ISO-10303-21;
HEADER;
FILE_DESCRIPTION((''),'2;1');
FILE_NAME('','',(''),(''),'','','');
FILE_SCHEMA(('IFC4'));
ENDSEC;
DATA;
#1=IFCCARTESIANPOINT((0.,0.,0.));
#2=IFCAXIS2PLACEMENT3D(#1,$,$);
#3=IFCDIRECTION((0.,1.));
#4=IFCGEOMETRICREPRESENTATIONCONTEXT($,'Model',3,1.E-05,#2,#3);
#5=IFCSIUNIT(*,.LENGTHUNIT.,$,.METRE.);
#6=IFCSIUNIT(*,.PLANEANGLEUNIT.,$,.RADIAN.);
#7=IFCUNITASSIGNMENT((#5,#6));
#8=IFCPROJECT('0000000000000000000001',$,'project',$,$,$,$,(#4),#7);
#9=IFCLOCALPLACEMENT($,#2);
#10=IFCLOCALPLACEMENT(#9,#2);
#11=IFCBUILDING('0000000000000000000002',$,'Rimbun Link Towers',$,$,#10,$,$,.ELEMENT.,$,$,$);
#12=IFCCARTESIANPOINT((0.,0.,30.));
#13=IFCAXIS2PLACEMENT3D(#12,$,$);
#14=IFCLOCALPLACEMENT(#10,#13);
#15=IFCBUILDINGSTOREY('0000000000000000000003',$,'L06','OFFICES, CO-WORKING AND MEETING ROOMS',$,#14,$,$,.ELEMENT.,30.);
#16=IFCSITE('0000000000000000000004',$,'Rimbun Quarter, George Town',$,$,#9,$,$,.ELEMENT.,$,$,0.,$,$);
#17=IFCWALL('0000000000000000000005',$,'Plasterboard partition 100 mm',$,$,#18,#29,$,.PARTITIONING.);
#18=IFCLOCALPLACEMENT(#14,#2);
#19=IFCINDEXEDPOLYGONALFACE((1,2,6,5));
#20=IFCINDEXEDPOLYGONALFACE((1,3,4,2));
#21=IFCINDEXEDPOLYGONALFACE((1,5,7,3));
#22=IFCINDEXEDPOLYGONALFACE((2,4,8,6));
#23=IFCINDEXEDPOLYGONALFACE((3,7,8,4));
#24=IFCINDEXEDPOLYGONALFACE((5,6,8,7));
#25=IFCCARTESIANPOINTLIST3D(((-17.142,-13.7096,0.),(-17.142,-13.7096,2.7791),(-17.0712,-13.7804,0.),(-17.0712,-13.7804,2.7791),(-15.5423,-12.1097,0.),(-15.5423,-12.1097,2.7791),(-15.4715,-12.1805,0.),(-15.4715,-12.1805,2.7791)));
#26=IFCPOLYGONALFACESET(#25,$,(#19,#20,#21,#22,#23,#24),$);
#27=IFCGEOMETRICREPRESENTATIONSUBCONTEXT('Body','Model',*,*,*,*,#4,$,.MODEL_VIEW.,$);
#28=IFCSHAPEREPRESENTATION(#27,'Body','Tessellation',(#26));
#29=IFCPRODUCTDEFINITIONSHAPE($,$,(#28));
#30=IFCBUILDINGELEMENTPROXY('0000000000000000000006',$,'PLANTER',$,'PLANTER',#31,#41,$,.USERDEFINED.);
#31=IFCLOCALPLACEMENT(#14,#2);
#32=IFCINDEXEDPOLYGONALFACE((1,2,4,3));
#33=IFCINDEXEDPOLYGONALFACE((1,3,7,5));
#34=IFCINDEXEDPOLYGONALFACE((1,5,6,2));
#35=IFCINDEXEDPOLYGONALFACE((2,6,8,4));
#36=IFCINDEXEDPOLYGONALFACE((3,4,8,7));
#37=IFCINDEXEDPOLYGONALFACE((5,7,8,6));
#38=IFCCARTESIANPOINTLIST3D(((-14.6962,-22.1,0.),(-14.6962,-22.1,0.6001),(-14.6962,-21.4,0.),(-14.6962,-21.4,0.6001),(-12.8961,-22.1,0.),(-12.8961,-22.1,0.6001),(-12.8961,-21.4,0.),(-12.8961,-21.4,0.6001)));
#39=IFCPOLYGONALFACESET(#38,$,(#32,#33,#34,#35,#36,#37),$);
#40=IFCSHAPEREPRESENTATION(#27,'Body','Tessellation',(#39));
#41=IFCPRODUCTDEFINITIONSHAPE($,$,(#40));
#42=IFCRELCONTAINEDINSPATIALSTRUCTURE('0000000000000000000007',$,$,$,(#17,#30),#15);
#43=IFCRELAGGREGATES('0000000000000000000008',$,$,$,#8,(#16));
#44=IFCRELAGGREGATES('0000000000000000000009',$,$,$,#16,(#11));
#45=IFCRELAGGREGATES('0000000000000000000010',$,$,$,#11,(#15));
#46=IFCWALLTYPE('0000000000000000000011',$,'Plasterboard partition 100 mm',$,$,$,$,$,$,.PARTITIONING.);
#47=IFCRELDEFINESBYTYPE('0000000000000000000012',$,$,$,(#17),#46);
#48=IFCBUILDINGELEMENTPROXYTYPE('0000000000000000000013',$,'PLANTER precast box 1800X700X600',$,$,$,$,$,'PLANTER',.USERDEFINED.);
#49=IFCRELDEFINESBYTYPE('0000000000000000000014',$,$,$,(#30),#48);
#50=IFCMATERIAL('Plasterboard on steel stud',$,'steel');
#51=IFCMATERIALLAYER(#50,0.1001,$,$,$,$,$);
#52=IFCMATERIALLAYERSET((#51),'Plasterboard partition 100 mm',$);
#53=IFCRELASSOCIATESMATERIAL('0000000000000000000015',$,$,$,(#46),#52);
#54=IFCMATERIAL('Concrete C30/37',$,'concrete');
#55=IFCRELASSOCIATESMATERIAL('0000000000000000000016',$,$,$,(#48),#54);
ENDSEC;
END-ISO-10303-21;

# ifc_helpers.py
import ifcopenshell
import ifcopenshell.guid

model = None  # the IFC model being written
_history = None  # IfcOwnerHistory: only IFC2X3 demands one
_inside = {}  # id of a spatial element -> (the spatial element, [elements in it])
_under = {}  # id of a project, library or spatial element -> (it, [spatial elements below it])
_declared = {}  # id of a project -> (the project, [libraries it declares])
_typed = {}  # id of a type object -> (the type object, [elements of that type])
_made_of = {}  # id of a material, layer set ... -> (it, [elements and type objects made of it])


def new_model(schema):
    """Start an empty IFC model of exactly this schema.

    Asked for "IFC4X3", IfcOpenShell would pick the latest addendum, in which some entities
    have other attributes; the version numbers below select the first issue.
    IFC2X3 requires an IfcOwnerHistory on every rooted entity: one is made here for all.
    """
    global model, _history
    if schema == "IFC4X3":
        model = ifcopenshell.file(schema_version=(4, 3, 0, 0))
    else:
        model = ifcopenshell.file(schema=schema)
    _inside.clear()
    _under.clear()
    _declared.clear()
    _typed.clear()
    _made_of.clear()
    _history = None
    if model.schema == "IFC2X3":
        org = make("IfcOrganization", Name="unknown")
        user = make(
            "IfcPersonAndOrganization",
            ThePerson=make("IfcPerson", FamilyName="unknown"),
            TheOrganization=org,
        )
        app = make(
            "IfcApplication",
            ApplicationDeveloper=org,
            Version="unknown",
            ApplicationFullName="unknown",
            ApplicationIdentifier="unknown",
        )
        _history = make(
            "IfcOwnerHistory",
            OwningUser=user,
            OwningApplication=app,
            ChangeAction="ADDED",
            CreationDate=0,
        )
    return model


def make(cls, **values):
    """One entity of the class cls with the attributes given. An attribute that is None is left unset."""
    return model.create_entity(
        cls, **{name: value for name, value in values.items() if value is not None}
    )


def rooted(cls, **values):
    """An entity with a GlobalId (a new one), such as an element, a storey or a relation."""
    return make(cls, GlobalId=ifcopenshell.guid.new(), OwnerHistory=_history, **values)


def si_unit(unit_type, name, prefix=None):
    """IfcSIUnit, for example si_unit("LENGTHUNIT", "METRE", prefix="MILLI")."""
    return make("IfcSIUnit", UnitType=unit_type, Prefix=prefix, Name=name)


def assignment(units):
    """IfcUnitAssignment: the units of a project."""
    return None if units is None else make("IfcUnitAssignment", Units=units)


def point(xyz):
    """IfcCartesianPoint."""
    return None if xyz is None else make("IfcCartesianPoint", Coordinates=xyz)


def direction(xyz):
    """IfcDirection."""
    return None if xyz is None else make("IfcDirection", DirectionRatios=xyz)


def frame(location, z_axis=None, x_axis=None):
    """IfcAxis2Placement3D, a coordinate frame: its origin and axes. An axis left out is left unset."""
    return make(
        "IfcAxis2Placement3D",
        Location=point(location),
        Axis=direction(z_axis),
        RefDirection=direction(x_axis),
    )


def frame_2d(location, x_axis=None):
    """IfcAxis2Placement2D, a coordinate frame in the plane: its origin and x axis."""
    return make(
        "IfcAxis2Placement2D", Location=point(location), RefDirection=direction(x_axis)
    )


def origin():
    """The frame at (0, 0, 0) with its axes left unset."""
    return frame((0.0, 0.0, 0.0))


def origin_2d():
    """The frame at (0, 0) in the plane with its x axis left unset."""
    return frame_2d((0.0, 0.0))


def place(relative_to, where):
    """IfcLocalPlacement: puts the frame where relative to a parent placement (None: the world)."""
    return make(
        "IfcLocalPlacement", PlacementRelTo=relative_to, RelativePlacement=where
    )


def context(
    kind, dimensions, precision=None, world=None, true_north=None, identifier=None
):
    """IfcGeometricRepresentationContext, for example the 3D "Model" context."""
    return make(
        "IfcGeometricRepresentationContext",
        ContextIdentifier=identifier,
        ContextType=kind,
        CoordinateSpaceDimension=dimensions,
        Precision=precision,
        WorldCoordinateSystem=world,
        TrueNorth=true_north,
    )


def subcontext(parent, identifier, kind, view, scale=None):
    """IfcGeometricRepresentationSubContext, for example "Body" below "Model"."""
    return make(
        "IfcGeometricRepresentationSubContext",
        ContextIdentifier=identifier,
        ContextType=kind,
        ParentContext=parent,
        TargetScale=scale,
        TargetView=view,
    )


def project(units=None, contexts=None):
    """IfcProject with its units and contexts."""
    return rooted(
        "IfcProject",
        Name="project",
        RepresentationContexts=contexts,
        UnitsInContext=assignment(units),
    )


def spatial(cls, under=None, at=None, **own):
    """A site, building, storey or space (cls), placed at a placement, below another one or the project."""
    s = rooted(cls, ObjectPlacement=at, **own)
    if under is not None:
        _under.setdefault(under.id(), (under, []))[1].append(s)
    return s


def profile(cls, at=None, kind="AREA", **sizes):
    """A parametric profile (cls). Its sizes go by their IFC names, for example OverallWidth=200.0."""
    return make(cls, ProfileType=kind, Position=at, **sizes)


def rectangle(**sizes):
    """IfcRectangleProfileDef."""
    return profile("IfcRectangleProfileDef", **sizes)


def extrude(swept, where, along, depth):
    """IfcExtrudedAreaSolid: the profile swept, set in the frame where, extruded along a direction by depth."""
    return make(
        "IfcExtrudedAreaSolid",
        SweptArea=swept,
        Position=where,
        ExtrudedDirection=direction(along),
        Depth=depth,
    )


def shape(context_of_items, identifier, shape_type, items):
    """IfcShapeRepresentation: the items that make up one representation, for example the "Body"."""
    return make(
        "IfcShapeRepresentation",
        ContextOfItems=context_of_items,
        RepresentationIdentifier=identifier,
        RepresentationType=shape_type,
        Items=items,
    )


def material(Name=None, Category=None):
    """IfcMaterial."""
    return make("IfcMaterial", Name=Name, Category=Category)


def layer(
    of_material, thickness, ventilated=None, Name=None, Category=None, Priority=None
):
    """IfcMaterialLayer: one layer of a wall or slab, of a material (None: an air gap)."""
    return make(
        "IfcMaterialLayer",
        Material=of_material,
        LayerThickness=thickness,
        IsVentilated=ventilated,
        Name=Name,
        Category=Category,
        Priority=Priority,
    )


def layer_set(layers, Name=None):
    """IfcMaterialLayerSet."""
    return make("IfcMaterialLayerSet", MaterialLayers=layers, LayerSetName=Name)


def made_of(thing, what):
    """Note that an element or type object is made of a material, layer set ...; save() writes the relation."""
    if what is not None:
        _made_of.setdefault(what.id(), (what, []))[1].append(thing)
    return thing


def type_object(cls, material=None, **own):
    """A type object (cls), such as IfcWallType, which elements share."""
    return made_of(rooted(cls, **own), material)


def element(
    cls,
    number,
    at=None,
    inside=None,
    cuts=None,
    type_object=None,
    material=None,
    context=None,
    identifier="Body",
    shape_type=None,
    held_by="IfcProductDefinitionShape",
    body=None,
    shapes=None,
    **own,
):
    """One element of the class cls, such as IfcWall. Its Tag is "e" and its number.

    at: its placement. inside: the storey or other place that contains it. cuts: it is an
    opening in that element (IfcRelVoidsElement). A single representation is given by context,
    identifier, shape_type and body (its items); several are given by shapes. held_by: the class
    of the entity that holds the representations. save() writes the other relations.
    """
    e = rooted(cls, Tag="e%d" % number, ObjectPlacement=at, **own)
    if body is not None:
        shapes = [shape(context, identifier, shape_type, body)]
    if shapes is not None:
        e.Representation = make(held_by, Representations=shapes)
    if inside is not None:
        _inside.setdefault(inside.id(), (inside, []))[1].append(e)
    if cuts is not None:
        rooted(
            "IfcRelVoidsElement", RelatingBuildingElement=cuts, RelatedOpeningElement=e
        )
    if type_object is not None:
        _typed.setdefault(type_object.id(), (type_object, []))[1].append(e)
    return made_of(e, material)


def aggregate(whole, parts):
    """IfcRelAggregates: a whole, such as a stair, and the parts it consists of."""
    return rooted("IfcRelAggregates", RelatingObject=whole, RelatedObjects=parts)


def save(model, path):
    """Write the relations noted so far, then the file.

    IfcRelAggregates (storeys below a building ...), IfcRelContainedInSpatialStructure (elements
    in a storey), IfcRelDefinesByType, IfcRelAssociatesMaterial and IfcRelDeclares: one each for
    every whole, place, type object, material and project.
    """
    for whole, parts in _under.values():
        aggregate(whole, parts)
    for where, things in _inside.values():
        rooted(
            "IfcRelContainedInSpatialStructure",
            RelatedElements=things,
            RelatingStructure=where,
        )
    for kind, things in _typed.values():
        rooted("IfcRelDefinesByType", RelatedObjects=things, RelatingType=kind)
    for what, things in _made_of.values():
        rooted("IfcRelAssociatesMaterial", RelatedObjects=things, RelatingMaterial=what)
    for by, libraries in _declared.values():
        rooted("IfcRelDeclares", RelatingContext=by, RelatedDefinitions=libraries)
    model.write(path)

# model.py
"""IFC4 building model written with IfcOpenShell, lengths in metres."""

from ifc_helpers import new_model, si_unit, direction, frame, frame_2d, origin, origin_2d, place, context, subcontext, project, spatial, rectangle, extrude, material, layer, layer_set, type_object, element, save


model = new_model("IFC4")

# Units and contexts
model_context = context("Model", 3, precision=1e-05, world=origin(), true_north=direction((0.0, 1.0)))
body_context = subcontext(model_context, "Body", "Model", "MODEL_VIEW")
ifc_project = project(units=[si_unit("LENGTHUNIT", "METRE"), si_unit("PLANEANGLEUNIT", "RADIAN")], contexts=[model_context])

# Site, building, storey
site_placement = place(None, origin())
site = spatial("IfcSite", under=ifc_project, at=site_placement, Name="Rimbun Quarter, George Town", CompositionType="ELEMENT", RefElevation=0.0)
building_placement = place(site_placement, origin())
building = spatial("IfcBuilding", under=site, at=building_placement, Name="Rimbun Link Towers", CompositionType="ELEMENT")
storey_placement = place(building_placement, frame((0.0, 0.0, 30.0)))
storey = spatial("IfcBuildingStorey", under=building, at=storey_placement, Name="L06", Description="OFFICES, CO-WORKING AND MEETING ROOMS", CompositionType="ELEMENT", Elevation=30.0)

# Shared definitions
ifc_material_1 = material(Name="Plasterboard on steel stud", Category="steel")
ifc_layer_1 = layer(ifc_material_1, 0.1001)
ifc_layer_set_1 = layer_set([ifc_layer_1], Name="Plasterboard partition 100 mm")
wall_type_1 = type_object("IfcWallType", Name="Plasterboard partition 100 mm", PredefinedType="PARTITIONING", material=ifc_layer_set_1)

# Wall
wall_1_placement = place(storey_placement, frame((-17.1067, -13.7451, 0.0), z_axis=(0.0, 0.0, 1.0), x_axis=(0.707053, 0.707161, 0.0)))
element("IfcWall", 1, at=wall_1_placement, inside=storey, type_object=wall_type_1, Name="Plasterboard partition 100 mm", PredefinedType="PARTITIONING", context=body_context, shape_type="SweptSolid", body=[
    extrude(rectangle(XDim=2.2625, YDim=0.1001, at=frame_2d((1.1313, 0.0))), origin(), (0.0, 0.0, 1.0), 2.7791),
])

# Building element proxy
ifc_material_2 = material(Name="Concrete C30/37", Category="concrete")
building_element_proxy_type = type_object("IfcBuildingElementProxyType", Name="PLANTER precast box 1800X700X600", ElementType="PLANTER", PredefinedType="USERDEFINED", material=ifc_material_2)
proxy_placement = place(storey_placement, frame((-13.7961, -21.75, 0.0), z_axis=(0.0, 0.0, 1.0), x_axis=(1.0, 0.0, 0.0)))
element("IfcBuildingElementProxy", 2, at=proxy_placement, inside=storey, type_object=building_element_proxy_type, Name="PLANTER", ObjectType="PLANTER", PredefinedType="USERDEFINED", context=body_context, shape_type="SweptSolid", body=[
    extrude(rectangle(XDim=1.8, YDim=0.7, at=origin_2d()), origin(), (0.0, 0.0, 1.0), 0.6001),
])

save(model, "model.ifc")
